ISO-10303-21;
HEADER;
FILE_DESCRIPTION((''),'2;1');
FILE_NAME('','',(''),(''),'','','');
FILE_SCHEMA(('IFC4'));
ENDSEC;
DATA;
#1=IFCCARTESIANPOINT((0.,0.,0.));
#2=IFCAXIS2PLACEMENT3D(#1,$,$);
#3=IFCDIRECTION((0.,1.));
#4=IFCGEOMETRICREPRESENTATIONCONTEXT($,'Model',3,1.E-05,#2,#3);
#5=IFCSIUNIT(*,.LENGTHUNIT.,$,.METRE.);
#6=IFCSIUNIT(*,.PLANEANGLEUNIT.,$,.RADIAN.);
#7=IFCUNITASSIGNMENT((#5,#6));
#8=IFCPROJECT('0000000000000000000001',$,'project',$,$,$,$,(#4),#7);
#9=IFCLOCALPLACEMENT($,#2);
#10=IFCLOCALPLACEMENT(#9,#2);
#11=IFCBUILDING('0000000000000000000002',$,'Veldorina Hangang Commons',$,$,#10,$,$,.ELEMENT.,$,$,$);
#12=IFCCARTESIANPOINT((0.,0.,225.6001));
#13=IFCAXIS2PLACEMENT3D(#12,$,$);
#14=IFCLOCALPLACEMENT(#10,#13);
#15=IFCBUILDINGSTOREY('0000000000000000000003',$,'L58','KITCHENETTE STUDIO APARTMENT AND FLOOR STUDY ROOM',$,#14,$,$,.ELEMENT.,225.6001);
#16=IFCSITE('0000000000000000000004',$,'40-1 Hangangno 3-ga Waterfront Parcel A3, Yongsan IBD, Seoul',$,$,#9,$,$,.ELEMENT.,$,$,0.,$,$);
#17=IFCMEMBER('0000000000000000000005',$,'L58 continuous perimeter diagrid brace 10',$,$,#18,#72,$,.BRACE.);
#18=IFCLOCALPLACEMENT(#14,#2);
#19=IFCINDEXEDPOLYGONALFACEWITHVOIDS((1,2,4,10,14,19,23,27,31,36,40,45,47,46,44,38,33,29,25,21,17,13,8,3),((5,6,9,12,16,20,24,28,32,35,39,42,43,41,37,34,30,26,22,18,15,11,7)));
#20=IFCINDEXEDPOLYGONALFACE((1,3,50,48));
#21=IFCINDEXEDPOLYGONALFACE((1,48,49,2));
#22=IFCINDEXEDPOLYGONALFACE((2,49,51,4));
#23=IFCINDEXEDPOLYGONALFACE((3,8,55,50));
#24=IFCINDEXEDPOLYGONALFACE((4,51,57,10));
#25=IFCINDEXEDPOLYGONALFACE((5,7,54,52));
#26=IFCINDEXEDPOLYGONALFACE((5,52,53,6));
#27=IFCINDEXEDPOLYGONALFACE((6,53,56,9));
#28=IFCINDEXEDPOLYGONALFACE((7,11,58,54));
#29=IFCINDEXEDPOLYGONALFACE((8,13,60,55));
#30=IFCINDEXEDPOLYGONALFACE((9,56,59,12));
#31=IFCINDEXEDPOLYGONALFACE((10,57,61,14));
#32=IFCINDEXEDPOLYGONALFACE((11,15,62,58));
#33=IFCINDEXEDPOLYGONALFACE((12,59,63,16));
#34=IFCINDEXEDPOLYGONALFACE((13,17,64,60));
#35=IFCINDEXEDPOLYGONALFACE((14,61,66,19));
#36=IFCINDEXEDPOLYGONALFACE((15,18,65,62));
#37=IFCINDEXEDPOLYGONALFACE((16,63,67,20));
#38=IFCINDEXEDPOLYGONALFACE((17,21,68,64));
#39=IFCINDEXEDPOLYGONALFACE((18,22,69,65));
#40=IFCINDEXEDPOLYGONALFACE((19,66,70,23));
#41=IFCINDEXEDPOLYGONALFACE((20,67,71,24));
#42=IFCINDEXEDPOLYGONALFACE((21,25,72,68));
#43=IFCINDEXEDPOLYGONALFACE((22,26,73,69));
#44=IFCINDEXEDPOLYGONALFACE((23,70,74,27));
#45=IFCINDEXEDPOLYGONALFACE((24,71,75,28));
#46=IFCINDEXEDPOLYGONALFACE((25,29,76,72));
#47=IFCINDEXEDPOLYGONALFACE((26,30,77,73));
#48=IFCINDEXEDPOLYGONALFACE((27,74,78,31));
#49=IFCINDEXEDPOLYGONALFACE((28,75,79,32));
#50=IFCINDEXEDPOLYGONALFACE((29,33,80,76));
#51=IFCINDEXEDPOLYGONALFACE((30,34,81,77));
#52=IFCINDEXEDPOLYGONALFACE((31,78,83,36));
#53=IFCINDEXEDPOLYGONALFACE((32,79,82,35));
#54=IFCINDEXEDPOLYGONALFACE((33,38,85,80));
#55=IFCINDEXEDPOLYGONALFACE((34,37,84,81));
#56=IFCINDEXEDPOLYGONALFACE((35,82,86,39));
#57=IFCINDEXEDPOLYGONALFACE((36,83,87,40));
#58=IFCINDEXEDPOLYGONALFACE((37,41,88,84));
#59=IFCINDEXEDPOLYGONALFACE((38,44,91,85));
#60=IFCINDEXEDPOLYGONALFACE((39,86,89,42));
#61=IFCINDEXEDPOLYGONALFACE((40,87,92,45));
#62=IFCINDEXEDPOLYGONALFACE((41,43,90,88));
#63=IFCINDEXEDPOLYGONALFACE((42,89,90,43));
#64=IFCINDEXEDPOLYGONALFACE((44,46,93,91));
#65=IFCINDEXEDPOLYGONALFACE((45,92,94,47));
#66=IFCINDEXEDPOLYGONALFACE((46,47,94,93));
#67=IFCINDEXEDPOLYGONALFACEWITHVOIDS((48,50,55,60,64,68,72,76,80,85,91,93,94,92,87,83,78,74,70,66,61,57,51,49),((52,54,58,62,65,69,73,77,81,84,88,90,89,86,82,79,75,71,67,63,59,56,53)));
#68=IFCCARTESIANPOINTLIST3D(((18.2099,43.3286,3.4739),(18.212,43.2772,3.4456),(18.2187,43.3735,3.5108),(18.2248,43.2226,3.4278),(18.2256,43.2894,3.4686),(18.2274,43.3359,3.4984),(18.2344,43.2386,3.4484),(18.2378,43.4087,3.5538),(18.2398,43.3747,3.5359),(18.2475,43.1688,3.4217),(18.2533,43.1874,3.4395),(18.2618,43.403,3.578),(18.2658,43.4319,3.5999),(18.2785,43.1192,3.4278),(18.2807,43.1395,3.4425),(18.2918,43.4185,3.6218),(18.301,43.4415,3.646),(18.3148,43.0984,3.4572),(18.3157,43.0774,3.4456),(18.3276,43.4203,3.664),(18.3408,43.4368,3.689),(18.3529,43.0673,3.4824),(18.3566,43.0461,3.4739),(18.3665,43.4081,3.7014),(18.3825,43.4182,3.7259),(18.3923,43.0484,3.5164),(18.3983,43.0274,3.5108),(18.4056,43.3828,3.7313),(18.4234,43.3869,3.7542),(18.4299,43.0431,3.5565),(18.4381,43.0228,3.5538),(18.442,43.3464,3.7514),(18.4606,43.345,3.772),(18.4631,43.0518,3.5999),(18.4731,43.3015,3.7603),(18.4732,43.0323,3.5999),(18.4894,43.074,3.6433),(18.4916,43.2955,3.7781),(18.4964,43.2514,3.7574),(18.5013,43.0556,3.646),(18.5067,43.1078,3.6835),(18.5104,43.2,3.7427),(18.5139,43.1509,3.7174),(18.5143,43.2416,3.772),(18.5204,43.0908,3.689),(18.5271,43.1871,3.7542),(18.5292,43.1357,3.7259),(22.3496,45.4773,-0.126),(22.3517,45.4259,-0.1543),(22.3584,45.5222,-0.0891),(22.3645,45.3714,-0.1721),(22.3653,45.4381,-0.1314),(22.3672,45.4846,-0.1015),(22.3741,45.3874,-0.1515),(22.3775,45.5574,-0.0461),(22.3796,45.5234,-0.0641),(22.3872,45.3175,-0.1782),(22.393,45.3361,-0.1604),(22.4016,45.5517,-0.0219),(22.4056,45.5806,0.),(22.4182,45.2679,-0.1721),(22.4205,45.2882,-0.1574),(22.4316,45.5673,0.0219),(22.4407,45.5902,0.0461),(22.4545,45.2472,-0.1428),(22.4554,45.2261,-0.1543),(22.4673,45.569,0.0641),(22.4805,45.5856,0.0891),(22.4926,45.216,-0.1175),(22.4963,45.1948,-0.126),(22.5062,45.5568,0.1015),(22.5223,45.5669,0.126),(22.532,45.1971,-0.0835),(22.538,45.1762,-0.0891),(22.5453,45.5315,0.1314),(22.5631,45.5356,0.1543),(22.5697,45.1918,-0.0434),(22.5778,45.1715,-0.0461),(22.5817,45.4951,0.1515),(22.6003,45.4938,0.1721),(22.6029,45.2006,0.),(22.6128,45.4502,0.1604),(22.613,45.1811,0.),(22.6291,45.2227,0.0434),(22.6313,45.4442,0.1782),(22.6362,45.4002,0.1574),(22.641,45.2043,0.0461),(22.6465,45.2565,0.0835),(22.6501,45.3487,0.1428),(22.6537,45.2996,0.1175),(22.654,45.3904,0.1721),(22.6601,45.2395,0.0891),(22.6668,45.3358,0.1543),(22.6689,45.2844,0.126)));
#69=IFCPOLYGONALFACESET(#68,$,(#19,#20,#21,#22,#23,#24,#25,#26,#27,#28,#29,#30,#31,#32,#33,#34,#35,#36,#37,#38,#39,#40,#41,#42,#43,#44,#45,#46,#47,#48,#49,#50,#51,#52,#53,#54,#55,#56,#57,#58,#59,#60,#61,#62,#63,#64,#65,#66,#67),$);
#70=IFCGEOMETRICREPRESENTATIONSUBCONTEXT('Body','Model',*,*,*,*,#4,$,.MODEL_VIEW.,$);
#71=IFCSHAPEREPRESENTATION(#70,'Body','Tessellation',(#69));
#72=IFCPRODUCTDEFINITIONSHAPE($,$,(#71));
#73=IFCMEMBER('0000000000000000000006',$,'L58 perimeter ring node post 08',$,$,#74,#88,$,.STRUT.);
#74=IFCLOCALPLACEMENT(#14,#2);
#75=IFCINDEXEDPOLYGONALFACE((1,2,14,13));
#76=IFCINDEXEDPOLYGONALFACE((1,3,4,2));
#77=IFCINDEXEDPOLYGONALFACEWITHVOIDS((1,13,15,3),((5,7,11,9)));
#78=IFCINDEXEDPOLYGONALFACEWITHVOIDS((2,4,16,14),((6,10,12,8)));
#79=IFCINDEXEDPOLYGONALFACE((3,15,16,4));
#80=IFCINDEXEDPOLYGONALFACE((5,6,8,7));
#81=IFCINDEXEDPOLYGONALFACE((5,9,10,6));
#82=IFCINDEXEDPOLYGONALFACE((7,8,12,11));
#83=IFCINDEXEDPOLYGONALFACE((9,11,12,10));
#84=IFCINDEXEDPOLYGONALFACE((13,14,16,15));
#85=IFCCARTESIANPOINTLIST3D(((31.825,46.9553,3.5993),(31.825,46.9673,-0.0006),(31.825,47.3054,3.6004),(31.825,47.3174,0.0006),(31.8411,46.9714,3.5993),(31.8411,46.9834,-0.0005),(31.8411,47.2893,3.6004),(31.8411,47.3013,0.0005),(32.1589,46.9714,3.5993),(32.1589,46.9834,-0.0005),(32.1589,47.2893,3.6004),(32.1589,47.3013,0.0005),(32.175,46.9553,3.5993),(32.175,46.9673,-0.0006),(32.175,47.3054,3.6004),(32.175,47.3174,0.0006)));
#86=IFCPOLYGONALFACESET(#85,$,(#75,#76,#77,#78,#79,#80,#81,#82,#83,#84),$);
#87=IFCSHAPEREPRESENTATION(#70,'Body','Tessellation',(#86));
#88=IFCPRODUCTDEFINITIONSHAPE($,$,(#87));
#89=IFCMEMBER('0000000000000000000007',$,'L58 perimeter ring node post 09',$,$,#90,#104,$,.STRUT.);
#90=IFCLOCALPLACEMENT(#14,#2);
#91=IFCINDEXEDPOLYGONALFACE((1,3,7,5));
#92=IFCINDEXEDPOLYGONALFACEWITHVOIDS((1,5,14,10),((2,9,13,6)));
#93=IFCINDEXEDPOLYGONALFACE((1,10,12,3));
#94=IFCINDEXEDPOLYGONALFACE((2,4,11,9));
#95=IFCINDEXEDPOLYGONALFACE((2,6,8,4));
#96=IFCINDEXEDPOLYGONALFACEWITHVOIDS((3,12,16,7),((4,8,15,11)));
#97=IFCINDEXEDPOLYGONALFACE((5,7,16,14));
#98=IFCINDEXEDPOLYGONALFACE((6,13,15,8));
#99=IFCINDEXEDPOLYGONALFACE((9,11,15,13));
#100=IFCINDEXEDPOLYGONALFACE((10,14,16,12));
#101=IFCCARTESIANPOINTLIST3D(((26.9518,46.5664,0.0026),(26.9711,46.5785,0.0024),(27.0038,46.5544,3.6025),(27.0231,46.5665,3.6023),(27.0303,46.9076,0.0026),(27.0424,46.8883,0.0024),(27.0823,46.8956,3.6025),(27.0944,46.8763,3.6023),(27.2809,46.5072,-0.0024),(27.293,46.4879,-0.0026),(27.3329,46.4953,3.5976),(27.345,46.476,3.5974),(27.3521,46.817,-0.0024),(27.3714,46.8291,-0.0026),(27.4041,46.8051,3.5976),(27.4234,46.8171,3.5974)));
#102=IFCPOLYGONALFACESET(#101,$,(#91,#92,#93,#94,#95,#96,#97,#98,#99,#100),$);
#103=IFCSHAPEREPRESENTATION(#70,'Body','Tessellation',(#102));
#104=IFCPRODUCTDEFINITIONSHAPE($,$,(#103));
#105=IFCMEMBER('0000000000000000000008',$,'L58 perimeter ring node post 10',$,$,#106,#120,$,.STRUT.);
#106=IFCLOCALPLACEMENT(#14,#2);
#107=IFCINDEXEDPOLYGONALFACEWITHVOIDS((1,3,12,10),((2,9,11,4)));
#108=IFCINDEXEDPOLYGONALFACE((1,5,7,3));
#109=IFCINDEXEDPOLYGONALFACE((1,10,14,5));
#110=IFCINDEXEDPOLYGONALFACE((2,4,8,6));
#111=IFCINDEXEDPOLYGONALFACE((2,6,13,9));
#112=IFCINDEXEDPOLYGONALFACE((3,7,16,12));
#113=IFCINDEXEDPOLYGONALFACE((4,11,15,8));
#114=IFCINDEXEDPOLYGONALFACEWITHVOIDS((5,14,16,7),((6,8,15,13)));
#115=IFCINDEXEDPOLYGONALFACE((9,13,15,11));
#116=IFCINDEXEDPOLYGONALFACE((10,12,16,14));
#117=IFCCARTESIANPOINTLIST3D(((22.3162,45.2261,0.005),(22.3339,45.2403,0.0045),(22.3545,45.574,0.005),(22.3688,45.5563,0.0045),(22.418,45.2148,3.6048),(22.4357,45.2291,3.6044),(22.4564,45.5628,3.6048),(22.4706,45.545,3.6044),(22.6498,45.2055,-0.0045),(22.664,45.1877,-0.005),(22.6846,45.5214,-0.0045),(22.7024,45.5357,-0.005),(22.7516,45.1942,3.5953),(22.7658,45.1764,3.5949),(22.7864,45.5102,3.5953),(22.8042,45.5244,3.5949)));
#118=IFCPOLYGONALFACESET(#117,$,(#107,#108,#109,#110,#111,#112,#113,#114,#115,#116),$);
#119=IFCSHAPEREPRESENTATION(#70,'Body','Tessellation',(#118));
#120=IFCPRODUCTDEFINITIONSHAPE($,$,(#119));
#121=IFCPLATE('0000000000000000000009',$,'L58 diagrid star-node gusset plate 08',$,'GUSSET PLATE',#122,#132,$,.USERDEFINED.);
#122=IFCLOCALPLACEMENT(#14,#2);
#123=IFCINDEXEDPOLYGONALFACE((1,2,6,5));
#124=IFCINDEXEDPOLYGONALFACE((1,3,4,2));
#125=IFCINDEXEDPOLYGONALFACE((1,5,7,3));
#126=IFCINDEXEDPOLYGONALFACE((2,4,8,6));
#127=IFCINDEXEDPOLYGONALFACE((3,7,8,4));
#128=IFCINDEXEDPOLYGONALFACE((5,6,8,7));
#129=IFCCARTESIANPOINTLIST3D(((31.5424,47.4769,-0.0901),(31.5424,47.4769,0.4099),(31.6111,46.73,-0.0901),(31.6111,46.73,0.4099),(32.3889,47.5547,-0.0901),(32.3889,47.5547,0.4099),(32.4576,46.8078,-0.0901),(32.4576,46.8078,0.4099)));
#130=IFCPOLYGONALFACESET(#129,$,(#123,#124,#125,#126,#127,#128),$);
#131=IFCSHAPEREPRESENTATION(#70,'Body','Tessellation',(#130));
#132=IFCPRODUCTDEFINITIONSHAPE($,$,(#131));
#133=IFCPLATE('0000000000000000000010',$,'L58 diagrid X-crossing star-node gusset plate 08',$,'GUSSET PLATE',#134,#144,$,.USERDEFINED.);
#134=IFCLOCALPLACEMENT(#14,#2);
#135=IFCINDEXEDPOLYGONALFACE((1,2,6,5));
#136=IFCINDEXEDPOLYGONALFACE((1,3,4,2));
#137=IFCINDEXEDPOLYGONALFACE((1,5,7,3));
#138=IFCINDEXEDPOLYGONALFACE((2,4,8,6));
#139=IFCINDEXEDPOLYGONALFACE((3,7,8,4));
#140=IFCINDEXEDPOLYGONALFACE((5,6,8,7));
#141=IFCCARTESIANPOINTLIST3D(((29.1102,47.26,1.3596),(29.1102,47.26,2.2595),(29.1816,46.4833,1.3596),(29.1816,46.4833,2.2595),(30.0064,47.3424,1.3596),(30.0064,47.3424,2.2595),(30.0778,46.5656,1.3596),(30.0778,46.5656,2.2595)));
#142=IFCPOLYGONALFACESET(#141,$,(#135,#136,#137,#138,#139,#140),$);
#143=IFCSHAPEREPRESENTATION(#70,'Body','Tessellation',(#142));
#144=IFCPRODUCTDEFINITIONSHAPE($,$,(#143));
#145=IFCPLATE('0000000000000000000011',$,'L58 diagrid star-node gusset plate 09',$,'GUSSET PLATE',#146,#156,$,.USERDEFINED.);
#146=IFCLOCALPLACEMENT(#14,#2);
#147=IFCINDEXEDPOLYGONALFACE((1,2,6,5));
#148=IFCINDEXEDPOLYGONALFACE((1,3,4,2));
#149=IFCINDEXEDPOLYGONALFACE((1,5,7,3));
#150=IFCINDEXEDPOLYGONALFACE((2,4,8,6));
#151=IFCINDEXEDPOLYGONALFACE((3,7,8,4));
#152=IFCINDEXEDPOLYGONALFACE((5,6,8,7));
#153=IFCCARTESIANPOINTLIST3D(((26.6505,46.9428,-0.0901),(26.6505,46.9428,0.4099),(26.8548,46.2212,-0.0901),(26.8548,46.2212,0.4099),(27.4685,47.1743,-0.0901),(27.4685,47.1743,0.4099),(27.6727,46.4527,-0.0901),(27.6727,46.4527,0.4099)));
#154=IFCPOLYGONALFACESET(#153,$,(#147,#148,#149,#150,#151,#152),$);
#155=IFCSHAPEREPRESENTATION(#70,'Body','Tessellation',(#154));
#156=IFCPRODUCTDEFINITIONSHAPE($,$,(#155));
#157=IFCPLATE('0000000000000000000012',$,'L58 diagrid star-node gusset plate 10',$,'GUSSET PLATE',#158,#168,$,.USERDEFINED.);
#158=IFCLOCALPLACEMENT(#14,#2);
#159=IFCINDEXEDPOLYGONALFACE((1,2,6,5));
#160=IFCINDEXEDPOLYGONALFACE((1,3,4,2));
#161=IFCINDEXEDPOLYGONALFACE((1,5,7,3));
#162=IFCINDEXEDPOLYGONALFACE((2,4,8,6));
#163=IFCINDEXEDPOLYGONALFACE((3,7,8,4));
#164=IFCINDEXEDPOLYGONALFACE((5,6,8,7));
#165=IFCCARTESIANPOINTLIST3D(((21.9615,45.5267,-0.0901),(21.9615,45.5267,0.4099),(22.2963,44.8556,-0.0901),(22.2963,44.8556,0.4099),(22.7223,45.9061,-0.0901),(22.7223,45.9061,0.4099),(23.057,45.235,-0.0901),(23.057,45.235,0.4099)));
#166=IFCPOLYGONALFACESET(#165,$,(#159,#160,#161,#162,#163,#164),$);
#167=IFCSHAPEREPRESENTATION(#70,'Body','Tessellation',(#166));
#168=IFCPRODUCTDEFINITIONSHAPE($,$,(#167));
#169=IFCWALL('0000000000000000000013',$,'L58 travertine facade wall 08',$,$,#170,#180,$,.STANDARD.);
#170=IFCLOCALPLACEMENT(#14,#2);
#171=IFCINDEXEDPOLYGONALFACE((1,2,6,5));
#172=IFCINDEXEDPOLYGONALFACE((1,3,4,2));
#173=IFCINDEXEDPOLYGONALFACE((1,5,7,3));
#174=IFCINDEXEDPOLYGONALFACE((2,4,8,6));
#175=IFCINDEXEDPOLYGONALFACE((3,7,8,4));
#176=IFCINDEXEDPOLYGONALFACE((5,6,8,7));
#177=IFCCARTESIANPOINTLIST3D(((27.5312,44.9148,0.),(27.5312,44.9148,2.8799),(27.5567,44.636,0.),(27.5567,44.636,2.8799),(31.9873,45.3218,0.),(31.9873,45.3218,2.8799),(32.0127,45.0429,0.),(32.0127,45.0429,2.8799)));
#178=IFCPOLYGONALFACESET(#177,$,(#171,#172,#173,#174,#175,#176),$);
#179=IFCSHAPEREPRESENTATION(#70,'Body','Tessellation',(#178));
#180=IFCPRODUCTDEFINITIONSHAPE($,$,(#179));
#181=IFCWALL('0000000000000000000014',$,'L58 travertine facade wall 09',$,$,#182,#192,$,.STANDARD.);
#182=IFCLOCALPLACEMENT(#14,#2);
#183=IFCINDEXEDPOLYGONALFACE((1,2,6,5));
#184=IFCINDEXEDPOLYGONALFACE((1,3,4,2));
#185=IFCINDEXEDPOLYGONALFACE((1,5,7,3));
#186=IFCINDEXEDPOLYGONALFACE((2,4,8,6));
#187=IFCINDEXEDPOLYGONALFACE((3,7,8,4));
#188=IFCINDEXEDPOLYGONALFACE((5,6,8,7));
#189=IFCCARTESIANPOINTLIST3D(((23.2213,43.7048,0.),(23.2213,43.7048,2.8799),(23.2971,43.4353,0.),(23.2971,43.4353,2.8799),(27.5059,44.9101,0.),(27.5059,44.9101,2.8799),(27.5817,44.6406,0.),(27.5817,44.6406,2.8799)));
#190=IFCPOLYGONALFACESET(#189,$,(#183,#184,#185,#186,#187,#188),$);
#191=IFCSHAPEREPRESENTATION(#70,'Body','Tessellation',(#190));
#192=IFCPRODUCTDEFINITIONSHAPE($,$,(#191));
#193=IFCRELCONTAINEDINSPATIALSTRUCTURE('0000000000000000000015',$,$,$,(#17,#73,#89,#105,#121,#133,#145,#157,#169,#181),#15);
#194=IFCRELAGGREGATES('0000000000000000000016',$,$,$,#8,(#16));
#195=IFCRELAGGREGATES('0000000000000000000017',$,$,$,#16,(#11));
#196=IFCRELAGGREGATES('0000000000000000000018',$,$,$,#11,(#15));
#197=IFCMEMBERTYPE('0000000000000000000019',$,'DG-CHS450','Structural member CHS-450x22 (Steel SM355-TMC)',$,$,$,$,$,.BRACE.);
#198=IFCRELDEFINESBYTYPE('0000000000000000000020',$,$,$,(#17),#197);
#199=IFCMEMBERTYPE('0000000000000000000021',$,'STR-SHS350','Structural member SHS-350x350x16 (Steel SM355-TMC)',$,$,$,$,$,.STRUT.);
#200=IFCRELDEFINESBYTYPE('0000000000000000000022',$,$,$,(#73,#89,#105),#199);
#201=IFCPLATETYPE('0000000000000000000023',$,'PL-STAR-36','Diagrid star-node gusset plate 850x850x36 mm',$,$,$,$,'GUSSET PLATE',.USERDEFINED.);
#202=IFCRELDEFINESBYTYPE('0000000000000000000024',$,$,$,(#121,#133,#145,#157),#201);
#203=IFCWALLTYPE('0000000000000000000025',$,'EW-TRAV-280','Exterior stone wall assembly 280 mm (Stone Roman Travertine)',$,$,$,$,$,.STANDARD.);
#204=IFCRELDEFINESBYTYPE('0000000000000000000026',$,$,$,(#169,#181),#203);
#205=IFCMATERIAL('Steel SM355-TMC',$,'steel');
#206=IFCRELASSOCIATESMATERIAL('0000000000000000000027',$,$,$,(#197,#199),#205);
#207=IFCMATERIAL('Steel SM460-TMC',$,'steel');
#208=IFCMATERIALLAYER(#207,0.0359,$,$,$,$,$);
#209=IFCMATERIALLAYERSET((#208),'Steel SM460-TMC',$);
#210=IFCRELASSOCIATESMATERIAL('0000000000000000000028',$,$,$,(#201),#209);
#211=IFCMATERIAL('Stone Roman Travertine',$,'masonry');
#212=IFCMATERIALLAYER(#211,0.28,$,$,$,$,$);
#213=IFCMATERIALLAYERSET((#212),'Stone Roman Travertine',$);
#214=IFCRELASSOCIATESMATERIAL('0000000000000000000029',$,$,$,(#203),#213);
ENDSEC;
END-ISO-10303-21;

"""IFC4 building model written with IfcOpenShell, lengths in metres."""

from ifc_helpers import new_model, si_unit, direction, frame, frame_2d, origin, origin_2d, place, context, subcontext, project, spatial, rectangle, hollow_rectangle, hollow_circle, extrude, material, layer, layer_set, material_profile, profile_set, type_object, element, save


model = new_model("IFC4")

# Units and contexts
model_context = context("Model", 3, precision=1e-05, world=origin(), true_north=direction((0.0, 1.0)))
body_context = subcontext(model_context, "Body", "Model", "MODEL_VIEW")
ifc_project = project(units=[si_unit("LENGTHUNIT", "METRE"), si_unit("PLANEANGLEUNIT", "RADIAN")], contexts=[model_context])

# Site, building, storey
site_placement = place(None, origin())
site = spatial("IfcSite", under=ifc_project, at=site_placement, Name="40-1 Hangangno 3-ga Waterfront Parcel A3, Yongsan IBD, Seoul", CompositionType="ELEMENT", RefElevation=0.0)
building_placement = place(site_placement, origin())
building = spatial("IfcBuilding", under=site, at=building_placement, Name="Veldorina Hangang Commons", CompositionType="ELEMENT")
storey_placement = place(building_placement, frame((0.0, 0.0, 225.6001)))
storey = spatial("IfcBuildingStorey", under=building, at=storey_placement, Name="L58", Description="KITCHENETTE STUDIO APARTMENT AND FLOOR STUDY ROOM", CompositionType="ELEMENT", Elevation=225.6001)

# Shared definitions
ifc_material_1 = material(Name="Steel SM355-TMC", Category="steel")

# Members
ifc_material_profile_1 = material_profile(ifc_material_1, hollow_circle(Radius=0.2251, WallThickness=0.022, at=origin_2d()), Name="CHS-450x22")
ifc_profile_set_1 = profile_set([ifc_material_profile_1], Name="Steel SM355-TMC")
member_type_1 = type_object("IfcMemberType", Name="DG-CHS450", Description="Structural member CHS-450x22 (Steel SM355-TMC)", PredefinedType="BRACE", material=ifc_profile_set_1)
member_1_placement = place(storey_placement, frame((22.5093, 45.3809, 0.0), z_axis=(-0.70262, -0.364695, 0.611001), x_axis=(0.460688, -0.887562, 0.0)))
element("IfcMember", 1, at=member_1_placement, inside=storey, type_object=member_type_1, Name="L58 continuous perimeter diagrid brace 10", PredefinedType="BRACE", context=body_context, shape_type="SweptSolid", body=[
    extrude(hollow_circle(Radius=0.2251, WallThickness=0.022, at=origin_2d()), origin(), (0.0, 0.0, 1.0), 5.8918),
])
ifc_material_profile_2 = material_profile(ifc_material_1, hollow_rectangle(XDim=0.3501, YDim=0.3501, WallThickness=0.0161, at=origin_2d()), Name="SHS-350x350x16")
ifc_profile_set_2 = profile_set([ifc_material_profile_2], Name="Steel SM355-TMC")
member_type_2 = type_object("IfcMemberType", Name="STR-SHS350", Description="Structural member SHS-350x350x16 (Steel SM355-TMC)", PredefinedType="STRUT", material=ifc_profile_set_2)
member_2_placement = place(storey_placement, frame((32.0, 47.1423, 0.0), z_axis=(0.0, -0.003323, 0.999994), x_axis=(1.0, 0.0, 0.0)))
element("IfcMember", 2, at=member_2_placement, inside=storey, type_object=member_type_2, Name="L58 perimeter ring node post 08", PredefinedType="STRUT", context=body_context, shape_type="SweptSolid", body=[
    extrude(hollow_rectangle(XDim=0.3501, YDim=0.3501, WallThickness=0.0161, at=origin_2d()), origin(), (0.0, 0.0, 1.0), 3.5999),
])
member_3_placement = place(storey_placement, frame((27.1616, 46.6978, 0.0), z_axis=(0.014444, -0.003323, 0.99989), x_axis=(0.224191, 0.974545, 0.0)))
element("IfcMember", 3, at=member_3_placement, inside=storey, type_object=member_type_2, Name="L58 perimeter ring node post 09", PredefinedType="STRUT", context=body_context, shape_type="SweptSolid", body=[
    extrude(hollow_rectangle(XDim=0.3501, YDim=0.3501, WallThickness=0.0161, at=origin_2d()), origin(), (0.0, 0.0, 1.0), 3.6003),
])
member_4_placement = place(storey_placement, frame((22.5093, 45.3809, 0.0), z_axis=(0.028269, -0.003118, 0.999595), x_axis=(0.109647, 0.993971, 0.0)))
element("IfcMember", 4, at=member_4_placement, inside=storey, type_object=member_type_2, Name="L58 perimeter ring node post 10", PredefinedType="STRUT", context=body_context, shape_type="SweptSolid", body=[
    extrude(hollow_rectangle(XDim=0.3501, YDim=0.3501, WallThickness=0.0161, at=origin_2d()), origin(), (0.0, 0.0, 1.0), 3.6013),
])

# Plates
ifc_material_2 = material(Name="Steel SM460-TMC", Category="steel")
ifc_layer_1 = layer(ifc_material_2, 0.0359)
ifc_layer_set_1 = layer_set([ifc_layer_1], Name="Steel SM460-TMC")
plate_type = type_object("IfcPlateType", Name="PL-STAR-36", Description="Diagrid star-node gusset plate 850x850x36 mm", ElementType="GUSSET PLATE", PredefinedType="USERDEFINED", material=ifc_layer_set_1)
plate_1_placement = place(storey_placement, frame((32.0, 47.1423, -0.0901), z_axis=(0.0, 0.0, 1.0), x_axis=(-0.995803, -0.091519, 0.0)))
element("IfcPlate", 5, at=plate_1_placement, inside=storey, type_object=plate_type, Name="L58 diagrid star-node gusset plate 08", ObjectType="GUSSET PLATE", PredefinedType="USERDEFINED", context=body_context, shape_type="SweptSolid", body=[
    extrude(rectangle(XDim=0.8501, YDim=0.75, at=origin_2d()), origin(), (0.0, 0.0, 1.0), 0.5),
])
plate_2_placement = place(storey_placement, frame((29.594, 46.9128, 1.3596), z_axis=(0.0, 0.0, 1.0), x_axis=(-0.995803, -0.091519, 0.0)))
element("IfcPlate", 6, at=plate_2_placement, inside=storey, type_object=plate_type, Name="L58 diagrid X-crossing star-node gusset plate 08", ObjectType="GUSSET PLATE", PredefinedType="USERDEFINED", context=body_context, shape_type="SweptSolid", body=[
    extrude(rectangle(XDim=0.8999, YDim=0.78, at=origin_2d()), origin(), (0.0, 0.0, 1.0), 0.8999),
])
for number, where, z_axis, x_axis, name in (
    (7, (27.1616, 46.6978, -0.0901), (0.0, 0.0, 1.0), (-0.962194, -0.272364, 0.0), "L58 diagrid star-node gusset plate 09"),
    (8, (22.5093, 45.3809, -0.0901), (0.0, 0.0, 1.0), (-0.894864, -0.446338, 0.0), "L58 diagrid star-node gusset plate 10"),
):
    element("IfcPlate", number, at=place(storey_placement, frame(where, z_axis=z_axis, x_axis=x_axis)), inside=storey, type_object=plate_type, Name=name, ObjectType="GUSSET PLATE", PredefinedType="USERDEFINED", context=body_context, shape_type="SweptSolid", body=[
        extrude(rectangle(XDim=0.8501, YDim=0.75, at=origin_2d()), origin(), (0.0, 0.0, 1.0), 0.5),
    ])

# Walls
ifc_material_3 = material(Name="Stone Roman Travertine", Category="masonry")
ifc_layer_2 = layer(ifc_material_3, 0.28)
ifc_layer_set_2 = layer_set([ifc_layer_2], Name="Stone Roman Travertine")
wall_type_1 = type_object("IfcWallType", Name="EW-TRAV-280", Description="Exterior stone wall assembly 280 mm (Stone Roman Travertine)", PredefinedType="STANDARD", material=ifc_layer_set_2)
wall_1_placement = place(storey_placement, frame((32.0, 45.1824, 0.0), z_axis=(0.0, 0.0, 1.0), x_axis=(-0.995855, -0.090954, 0.0)))
element("IfcWall", 9, at=wall_1_placement, inside=storey, type_object=wall_type_1, Name="L58 travertine facade wall 08", PredefinedType="STANDARD", context=body_context, shape_type="SweptSolid", body=[
    extrude(rectangle(XDim=4.4746, YDim=0.28, at=frame_2d((2.2373, 0.0))), origin(), (0.0, 0.0, 1.0), 2.8799),
])
wall_2_placement = place(storey_placement, frame((27.5439, 44.7754, 0.0), z_axis=(0.0, 0.0, 1.0), x_axis=(-0.962636, -0.2708, 0.0)))
element("IfcWall", 10, at=wall_2_placement, inside=storey, type_object=wall_type_1, Name="L58 travertine facade wall 09", PredefinedType="STANDARD", context=body_context, shape_type="SweptSolid", body=[
    extrude(rectangle(XDim=4.4509, YDim=0.28, at=frame_2d((2.2256, 0.0))), origin(), (0.0, 0.0, 1.0), 2.8799),
])

save(model, "model.ifc")
